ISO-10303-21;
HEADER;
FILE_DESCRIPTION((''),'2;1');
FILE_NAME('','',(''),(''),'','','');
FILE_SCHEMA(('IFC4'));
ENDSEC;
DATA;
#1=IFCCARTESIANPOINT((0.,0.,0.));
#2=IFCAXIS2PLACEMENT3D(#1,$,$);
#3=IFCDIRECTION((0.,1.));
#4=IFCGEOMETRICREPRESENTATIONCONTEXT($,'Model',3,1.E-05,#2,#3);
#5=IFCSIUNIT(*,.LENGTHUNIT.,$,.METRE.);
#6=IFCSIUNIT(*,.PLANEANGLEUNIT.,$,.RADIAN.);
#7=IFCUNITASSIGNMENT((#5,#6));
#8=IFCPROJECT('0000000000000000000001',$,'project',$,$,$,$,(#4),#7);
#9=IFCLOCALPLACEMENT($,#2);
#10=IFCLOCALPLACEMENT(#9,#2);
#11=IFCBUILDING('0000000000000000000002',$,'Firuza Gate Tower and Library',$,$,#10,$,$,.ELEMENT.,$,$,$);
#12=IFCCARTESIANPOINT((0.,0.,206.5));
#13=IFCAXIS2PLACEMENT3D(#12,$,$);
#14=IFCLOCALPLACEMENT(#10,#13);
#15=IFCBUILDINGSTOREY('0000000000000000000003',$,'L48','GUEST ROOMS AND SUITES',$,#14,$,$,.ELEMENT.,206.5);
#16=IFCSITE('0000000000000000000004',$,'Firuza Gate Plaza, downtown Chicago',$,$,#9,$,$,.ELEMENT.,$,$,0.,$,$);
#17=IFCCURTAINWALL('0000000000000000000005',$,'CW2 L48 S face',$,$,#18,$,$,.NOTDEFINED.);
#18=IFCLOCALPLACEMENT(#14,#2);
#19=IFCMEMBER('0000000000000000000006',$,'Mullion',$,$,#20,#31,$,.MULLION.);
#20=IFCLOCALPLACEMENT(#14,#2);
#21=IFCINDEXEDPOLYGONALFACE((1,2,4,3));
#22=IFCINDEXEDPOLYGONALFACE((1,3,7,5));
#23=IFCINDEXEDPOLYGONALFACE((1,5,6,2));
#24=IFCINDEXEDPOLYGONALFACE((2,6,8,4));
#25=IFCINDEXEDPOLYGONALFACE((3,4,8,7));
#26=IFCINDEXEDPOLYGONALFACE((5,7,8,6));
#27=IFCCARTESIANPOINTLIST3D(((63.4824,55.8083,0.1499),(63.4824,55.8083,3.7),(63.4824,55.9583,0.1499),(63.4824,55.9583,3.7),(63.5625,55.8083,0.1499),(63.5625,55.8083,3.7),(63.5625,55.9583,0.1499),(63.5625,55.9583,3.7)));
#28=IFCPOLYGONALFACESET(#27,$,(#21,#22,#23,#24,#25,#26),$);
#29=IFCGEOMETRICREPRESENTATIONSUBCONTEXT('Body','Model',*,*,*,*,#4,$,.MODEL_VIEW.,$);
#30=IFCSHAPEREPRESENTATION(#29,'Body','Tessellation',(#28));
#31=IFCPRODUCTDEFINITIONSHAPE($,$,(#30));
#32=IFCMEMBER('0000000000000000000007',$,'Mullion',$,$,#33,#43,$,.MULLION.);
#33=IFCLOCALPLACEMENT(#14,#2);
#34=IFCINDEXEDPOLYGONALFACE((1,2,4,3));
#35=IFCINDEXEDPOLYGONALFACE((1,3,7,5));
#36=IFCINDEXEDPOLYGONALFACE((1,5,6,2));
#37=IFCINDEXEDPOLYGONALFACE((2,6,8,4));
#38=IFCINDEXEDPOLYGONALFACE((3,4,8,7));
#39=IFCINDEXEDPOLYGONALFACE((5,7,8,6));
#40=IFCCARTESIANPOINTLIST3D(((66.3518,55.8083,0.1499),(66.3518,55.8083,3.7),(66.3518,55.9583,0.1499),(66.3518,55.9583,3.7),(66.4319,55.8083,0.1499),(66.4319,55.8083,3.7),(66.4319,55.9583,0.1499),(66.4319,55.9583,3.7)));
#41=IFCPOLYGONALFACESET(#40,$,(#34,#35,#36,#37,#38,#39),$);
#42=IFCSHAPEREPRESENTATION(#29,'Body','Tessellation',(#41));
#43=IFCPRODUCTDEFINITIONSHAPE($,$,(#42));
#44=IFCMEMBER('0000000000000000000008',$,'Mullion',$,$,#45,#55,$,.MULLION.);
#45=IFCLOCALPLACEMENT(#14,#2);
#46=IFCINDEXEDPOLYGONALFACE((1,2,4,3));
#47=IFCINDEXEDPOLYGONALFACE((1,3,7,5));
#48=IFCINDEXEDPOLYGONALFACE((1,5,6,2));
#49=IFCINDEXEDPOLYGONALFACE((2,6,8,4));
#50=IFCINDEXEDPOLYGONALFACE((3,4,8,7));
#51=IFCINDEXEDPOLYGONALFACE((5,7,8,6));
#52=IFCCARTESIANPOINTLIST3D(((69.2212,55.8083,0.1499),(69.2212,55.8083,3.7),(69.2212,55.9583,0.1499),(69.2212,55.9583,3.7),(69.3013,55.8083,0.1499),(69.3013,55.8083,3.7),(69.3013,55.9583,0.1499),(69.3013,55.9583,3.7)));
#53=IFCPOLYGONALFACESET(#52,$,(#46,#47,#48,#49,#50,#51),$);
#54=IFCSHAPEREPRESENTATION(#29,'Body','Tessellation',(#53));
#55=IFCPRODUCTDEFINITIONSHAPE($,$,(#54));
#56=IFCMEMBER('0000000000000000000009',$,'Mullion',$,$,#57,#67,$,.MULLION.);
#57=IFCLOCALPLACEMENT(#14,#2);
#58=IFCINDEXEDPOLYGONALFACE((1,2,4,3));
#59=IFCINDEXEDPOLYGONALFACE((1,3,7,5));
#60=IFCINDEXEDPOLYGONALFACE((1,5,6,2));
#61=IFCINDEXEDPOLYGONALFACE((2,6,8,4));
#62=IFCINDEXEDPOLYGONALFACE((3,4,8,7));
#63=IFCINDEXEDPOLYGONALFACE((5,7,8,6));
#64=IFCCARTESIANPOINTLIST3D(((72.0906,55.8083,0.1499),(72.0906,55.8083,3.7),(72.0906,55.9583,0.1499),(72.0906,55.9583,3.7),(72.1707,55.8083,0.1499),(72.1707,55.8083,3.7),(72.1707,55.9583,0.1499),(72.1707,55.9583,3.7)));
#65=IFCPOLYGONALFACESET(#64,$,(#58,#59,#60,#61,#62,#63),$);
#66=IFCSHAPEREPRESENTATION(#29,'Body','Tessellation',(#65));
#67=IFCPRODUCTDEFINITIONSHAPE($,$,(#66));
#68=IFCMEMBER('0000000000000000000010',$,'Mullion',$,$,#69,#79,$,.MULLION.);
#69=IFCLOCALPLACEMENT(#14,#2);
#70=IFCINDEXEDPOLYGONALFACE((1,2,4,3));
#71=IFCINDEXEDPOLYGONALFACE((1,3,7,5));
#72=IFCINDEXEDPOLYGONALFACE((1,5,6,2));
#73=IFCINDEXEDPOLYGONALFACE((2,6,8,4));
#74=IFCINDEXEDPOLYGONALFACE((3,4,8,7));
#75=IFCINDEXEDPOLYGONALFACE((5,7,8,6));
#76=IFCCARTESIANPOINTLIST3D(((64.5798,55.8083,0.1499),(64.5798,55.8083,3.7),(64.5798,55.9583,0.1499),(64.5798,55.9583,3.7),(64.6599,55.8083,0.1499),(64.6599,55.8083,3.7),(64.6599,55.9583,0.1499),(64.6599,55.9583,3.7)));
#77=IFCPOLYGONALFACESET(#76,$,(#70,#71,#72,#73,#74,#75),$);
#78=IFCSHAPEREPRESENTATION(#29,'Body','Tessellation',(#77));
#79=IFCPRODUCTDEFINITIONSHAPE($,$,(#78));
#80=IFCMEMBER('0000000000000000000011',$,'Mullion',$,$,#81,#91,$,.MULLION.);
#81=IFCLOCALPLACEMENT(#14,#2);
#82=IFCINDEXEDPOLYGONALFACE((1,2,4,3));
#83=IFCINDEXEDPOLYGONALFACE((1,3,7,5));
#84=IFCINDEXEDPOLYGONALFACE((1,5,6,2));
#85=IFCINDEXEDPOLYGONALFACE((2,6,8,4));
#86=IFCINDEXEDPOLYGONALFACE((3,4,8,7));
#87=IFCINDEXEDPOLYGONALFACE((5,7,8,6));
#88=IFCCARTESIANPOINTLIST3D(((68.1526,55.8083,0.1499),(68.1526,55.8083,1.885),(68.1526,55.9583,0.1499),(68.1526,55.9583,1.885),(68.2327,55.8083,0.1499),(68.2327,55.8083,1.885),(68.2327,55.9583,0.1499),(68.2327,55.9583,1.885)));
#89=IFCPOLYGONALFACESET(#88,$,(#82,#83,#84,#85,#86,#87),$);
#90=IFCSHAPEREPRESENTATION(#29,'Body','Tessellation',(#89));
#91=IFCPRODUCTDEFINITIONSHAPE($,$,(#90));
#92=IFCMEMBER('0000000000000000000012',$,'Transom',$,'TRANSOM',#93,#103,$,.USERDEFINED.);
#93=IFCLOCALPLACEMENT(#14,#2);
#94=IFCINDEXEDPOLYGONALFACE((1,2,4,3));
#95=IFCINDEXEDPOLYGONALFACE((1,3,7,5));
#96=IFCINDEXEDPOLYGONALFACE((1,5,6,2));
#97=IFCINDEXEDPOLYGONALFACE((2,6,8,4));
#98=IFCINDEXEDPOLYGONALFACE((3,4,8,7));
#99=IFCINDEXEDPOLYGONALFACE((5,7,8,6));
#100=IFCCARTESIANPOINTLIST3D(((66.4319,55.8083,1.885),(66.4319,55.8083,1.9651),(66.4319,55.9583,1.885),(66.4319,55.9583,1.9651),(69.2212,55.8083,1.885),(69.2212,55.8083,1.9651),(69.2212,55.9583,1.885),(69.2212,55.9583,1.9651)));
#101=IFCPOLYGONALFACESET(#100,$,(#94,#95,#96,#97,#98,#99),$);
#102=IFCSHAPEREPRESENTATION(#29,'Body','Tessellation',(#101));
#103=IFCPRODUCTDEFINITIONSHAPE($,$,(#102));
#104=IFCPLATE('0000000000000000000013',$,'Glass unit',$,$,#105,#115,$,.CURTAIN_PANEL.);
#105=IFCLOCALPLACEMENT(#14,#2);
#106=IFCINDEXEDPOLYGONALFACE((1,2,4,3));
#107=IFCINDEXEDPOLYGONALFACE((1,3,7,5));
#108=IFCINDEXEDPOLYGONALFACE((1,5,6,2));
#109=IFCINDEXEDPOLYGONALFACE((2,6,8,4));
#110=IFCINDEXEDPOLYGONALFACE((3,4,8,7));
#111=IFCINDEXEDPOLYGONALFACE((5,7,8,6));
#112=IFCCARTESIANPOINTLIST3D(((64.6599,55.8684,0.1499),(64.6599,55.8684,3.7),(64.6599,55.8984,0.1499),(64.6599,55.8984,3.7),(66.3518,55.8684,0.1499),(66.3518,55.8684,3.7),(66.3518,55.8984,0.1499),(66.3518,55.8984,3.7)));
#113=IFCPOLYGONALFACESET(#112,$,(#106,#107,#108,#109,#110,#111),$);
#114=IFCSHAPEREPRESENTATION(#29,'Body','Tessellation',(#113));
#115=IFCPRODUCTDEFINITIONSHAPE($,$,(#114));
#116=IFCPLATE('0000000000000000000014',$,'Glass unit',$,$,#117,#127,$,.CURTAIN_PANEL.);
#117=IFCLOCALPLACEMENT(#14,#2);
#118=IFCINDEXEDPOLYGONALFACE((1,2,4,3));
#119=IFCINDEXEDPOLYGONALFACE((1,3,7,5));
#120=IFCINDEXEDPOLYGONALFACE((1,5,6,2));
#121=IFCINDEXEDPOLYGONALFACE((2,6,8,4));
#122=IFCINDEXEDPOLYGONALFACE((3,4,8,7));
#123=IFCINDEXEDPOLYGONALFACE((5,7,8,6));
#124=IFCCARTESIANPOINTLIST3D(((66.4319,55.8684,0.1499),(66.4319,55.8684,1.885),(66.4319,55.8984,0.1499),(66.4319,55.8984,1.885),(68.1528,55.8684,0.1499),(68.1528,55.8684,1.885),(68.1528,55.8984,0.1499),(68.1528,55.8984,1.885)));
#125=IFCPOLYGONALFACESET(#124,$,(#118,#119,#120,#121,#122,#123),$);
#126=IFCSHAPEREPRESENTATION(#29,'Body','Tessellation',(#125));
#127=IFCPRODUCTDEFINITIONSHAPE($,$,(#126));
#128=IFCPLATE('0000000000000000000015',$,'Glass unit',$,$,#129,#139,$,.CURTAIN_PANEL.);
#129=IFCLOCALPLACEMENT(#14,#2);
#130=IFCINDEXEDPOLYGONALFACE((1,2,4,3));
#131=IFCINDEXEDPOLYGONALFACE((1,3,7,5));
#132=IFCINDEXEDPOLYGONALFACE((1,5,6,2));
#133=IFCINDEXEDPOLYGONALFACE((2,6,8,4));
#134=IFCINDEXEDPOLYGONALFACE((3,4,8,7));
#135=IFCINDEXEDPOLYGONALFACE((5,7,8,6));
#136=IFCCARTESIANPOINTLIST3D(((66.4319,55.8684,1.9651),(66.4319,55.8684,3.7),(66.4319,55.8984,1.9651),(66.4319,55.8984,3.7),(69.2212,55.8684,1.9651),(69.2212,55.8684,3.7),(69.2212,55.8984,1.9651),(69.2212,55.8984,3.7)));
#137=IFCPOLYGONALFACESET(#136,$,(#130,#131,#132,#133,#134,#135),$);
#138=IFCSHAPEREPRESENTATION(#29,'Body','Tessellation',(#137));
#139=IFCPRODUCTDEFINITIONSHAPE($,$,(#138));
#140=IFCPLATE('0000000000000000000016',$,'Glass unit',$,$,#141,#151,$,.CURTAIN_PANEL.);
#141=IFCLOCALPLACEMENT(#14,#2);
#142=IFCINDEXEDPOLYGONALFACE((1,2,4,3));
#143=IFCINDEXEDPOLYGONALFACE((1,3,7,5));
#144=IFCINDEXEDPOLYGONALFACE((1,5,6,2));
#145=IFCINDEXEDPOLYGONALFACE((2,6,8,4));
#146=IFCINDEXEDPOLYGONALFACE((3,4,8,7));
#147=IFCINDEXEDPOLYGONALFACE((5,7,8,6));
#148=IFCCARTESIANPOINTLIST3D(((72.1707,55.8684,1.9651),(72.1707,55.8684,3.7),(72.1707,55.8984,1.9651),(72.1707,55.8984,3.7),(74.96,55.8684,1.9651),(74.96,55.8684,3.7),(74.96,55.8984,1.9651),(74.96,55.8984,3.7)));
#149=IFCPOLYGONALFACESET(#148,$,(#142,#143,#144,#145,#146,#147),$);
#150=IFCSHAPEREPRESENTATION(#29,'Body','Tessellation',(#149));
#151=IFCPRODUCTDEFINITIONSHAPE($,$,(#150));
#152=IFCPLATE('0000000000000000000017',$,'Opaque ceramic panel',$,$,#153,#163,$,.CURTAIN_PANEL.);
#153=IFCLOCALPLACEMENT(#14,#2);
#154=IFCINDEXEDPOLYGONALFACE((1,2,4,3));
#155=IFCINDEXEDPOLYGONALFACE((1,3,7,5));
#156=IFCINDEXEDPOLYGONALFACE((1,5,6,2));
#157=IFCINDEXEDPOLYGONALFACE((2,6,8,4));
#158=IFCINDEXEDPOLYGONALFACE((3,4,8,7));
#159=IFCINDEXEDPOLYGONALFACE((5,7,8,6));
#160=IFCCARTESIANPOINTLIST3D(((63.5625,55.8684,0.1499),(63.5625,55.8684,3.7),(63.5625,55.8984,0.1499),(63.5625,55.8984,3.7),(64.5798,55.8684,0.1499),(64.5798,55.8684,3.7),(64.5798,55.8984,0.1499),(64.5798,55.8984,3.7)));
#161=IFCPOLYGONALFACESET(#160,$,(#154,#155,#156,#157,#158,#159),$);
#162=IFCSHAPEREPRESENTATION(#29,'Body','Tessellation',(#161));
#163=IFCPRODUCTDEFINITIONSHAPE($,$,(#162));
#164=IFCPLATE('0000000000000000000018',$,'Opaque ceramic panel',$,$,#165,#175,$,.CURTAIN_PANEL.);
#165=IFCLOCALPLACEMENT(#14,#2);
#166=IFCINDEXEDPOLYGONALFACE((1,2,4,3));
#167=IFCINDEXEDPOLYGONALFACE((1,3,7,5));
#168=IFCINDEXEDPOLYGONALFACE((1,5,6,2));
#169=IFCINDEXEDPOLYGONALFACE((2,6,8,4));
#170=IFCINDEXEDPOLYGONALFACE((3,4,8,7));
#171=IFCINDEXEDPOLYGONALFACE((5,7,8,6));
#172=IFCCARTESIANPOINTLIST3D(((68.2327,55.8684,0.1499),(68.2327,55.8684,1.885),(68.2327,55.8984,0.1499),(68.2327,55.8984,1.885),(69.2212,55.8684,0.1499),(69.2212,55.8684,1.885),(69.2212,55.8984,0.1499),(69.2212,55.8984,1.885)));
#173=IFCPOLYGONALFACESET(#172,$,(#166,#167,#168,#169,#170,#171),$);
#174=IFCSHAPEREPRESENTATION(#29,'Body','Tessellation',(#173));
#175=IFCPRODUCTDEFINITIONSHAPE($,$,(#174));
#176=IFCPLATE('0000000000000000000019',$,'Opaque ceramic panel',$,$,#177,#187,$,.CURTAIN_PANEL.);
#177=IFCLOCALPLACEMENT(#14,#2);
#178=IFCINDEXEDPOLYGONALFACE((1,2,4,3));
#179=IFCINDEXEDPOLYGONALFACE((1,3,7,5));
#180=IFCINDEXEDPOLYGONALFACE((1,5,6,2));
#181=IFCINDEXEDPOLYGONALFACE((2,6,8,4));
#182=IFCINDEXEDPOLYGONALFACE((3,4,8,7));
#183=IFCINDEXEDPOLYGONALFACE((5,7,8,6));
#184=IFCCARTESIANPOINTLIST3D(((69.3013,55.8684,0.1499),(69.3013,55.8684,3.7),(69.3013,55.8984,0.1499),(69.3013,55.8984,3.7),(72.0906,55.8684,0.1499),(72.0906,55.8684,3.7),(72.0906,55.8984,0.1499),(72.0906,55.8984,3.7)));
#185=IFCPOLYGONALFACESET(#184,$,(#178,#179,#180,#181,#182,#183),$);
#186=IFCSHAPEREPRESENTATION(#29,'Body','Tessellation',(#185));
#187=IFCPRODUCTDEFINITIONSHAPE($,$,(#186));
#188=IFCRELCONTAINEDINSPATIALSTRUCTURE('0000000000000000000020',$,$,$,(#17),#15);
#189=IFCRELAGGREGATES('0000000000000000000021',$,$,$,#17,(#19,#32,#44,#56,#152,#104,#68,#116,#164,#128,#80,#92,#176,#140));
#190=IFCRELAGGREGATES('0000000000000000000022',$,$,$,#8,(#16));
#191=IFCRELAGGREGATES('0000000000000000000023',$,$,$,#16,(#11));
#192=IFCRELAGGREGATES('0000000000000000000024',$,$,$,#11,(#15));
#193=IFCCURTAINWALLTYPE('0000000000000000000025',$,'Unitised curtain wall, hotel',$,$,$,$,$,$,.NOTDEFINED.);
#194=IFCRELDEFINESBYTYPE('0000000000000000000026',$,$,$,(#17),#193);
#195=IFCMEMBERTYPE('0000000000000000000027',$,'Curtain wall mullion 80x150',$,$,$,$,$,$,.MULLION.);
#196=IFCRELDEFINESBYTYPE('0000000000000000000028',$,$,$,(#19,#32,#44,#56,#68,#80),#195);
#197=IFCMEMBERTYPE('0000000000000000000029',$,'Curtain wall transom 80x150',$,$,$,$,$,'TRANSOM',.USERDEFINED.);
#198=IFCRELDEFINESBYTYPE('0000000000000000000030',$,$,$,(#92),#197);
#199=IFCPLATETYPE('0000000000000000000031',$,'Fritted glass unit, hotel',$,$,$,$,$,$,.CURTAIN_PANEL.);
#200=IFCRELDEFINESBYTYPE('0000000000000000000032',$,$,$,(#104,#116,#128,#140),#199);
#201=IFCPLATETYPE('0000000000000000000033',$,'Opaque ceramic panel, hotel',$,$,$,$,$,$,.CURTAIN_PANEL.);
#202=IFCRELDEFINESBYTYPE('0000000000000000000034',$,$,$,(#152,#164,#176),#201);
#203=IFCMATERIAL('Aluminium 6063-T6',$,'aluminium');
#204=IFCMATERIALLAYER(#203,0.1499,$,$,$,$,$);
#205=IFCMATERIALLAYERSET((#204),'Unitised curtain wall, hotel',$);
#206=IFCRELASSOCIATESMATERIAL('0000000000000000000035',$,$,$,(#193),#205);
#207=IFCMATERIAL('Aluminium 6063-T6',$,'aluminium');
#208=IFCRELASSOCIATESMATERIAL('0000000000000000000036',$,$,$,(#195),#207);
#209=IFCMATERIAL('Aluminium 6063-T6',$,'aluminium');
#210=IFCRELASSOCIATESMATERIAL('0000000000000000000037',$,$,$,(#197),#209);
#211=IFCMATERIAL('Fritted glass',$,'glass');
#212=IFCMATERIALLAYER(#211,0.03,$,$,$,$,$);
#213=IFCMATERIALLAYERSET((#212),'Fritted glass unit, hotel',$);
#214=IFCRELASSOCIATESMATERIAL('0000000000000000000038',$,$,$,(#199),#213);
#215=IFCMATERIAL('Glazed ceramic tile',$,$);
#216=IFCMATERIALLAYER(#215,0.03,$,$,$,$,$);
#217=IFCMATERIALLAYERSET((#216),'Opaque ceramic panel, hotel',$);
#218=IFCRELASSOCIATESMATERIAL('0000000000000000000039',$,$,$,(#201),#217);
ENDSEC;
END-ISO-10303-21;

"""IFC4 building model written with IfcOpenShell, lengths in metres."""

from ifc_helpers import new_model, si_unit, direction, frame, origin, origin_2d, place, context, subcontext, project, spatial, polyline, rectangle, outline, extrude, material, layer, layer_set, material_profile, profile_set, type_object, element, aggregate, save


model = new_model("IFC4")

# Units and contexts
model_context = context("Model", 3, precision=1e-05, world=origin(), true_north=direction((0.0, 1.0)))
body_context = subcontext(model_context, "Body", "Model", "MODEL_VIEW")
ifc_project = project(units=[si_unit("LENGTHUNIT", "METRE"), si_unit("PLANEANGLEUNIT", "RADIAN")], contexts=[model_context])

# Site, building, storey
site_placement = place(None, origin())
site = spatial("IfcSite", under=ifc_project, at=site_placement, Name="Firuza Gate Plaza, downtown Chicago", CompositionType="ELEMENT", RefElevation=0.0)
building_placement = place(site_placement, origin())
building = spatial("IfcBuilding", under=site, at=building_placement, Name="Firuza Gate Tower and Library", CompositionType="ELEMENT")
storey_placement = place(building_placement, frame((0.0, 0.0, 206.5)))
storey = spatial("IfcBuildingStorey", under=building, at=storey_placement, Name="L48", Description="GUEST ROOMS AND SUITES", CompositionType="ELEMENT", Elevation=206.5)

# Curtain wall, members, plates
ifc_material_1 = material(Name="Aluminium 6063-T6", Category="aluminium")
ifc_layer_1 = layer(ifc_material_1, 0.1499)
ifc_layer_set_1 = layer_set([ifc_layer_1], Name="Unitised curtain wall, hotel")
curtain_wall_type = type_object("IfcCurtainWallType", Name="Unitised curtain wall, hotel", PredefinedType="NOTDEFINED", material=ifc_layer_set_1)
curtain_wall_placement = place(storey_placement, origin())
curtain_wall = element("IfcCurtainWall", 1, at=curtain_wall_placement, inside=storey, type_object=curtain_wall_type, Name="CW2 L48 S face", PredefinedType="NOTDEFINED")
ifc_material_2 = material(Name="Aluminium 6063-T6", Category="aluminium")
ifc_material_profile_1 = material_profile(ifc_material_2, rectangle(XDim=0.1499, YDim=0.0801, at=origin_2d()))
ifc_profile_set_1 = profile_set([ifc_material_profile_1], Name="Aluminium 6063-T6")
member_type_1 = type_object("IfcMemberType", Name="Curtain wall mullion 80x150", PredefinedType="MULLION", material=ifc_profile_set_1)
member_1_placement = place(storey_placement, frame((63.5225, 55.8833, 0.1499), z_axis=(0.0, 0.0, 1.0), x_axis=(0.0, 1.0, 0.0)))
member_1 = element("IfcMember", 2, at=member_1_placement, type_object=member_type_1, Name="Mullion", PredefinedType="MULLION", context=body_context, shape_type="SweptSolid", body=[
    extrude(rectangle(XDim=0.1499, YDim=0.0801, at=origin_2d()), origin(), (0.0, 0.0, 1.0), 3.55),
])
member_2_placement = place(storey_placement, frame((66.3918, 55.8833, 0.1499), z_axis=(0.0, 0.0, 1.0), x_axis=(0.0, 1.0, 0.0)))
member_2 = element("IfcMember", 3, at=member_2_placement, type_object=member_type_1, Name="Mullion", PredefinedType="MULLION", context=body_context, shape_type="SweptSolid", body=[
    extrude(rectangle(XDim=0.1499, YDim=0.0801, at=origin_2d()), origin(), (0.0, 0.0, 1.0), 3.55),
])
member_3_placement = place(storey_placement, frame((69.2612, 55.8833, 0.1499), z_axis=(0.0, 0.0, 1.0), x_axis=(0.0, 1.0, 0.0)))
member_3 = element("IfcMember", 4, at=member_3_placement, type_object=member_type_1, Name="Mullion", PredefinedType="MULLION", context=body_context, shape_type="SweptSolid", body=[
    extrude(rectangle(XDim=0.1499, YDim=0.0801, at=origin_2d()), origin(), (0.0, 0.0, 1.0), 3.55),
])
member_4_placement = place(storey_placement, frame((72.1306, 55.8833, 0.1499), z_axis=(0.0, 0.0, 1.0), x_axis=(0.0, 1.0, 0.0)))
member_4 = element("IfcMember", 5, at=member_4_placement, type_object=member_type_1, Name="Mullion", PredefinedType="MULLION", context=body_context, shape_type="SweptSolid", body=[
    extrude(rectangle(XDim=0.1499, YDim=0.0801, at=origin_2d()), origin(), (0.0, 0.0, 1.0), 3.55),
])
member_5_placement = place(storey_placement, frame((64.6199, 55.8833, 0.1499), z_axis=(0.0, 0.0, 1.0), x_axis=(0.0, 1.0, 0.0)))
member_5 = element("IfcMember", 6, at=member_5_placement, type_object=member_type_1, Name="Mullion", PredefinedType="MULLION", context=body_context, shape_type="SweptSolid", body=[
    extrude(rectangle(XDim=0.1499, YDim=0.0801, at=origin_2d()), origin(), (0.0, 0.0, 1.0), 3.55),
])
member_6_placement = place(storey_placement, frame((68.1926, 55.8833, 0.1499), z_axis=(0.0, 0.0, 1.0), x_axis=(0.0, 1.0, 0.0)))
member_6 = element("IfcMember", 7, at=member_6_placement, type_object=member_type_1, Name="Mullion", PredefinedType="MULLION", context=body_context, shape_type="SweptSolid", body=[
    extrude(rectangle(XDim=0.1499, YDim=0.0801, at=origin_2d()), origin(), (0.0, 0.0, 1.0), 1.7351),
])
ifc_material_3 = material(Name="Aluminium 6063-T6", Category="aluminium")
ifc_material_profile_2 = material_profile(ifc_material_3, rectangle(XDim=0.1499, YDim=0.0801, at=origin_2d()))
ifc_profile_set_2 = profile_set([ifc_material_profile_2], Name="Aluminium 6063-T6")
member_type_2 = type_object("IfcMemberType", Name="Curtain wall transom 80x150", ElementType="TRANSOM", PredefinedType="USERDEFINED", material=ifc_profile_set_2)
member_7_placement = place(storey_placement, frame((66.4319, 55.8833, 1.925), z_axis=(1.0, 0.0, 0.0), x_axis=(0.0, 1.0, 0.0)))
member_7 = element("IfcMember", 8, at=member_7_placement, type_object=member_type_2, Name="Transom", ObjectType="TRANSOM", PredefinedType="USERDEFINED", context=body_context, shape_type="SweptSolid", body=[
    extrude(rectangle(XDim=0.1499, YDim=0.0801, at=origin_2d()), origin(), (0.0, 0.0, 1.0), 2.7893),
])
ifc_material_4 = material(Name="Fritted glass", Category="glass")
ifc_layer_2 = layer(ifc_material_4, 0.03)
ifc_layer_set_2 = layer_set([ifc_layer_2], Name="Fritted glass unit, hotel")
plate_type_1 = type_object("IfcPlateType", Name="Fritted glass unit, hotel", PredefinedType="CURTAIN_PANEL", material=ifc_layer_set_2)
plate_1_placement = place(storey_placement, frame((64.6599, 55.8684, 0.1499), z_axis=(0.0, -1.0, 0.0), x_axis=(1.0, 0.0, 0.0)))
plate_1 = element("IfcPlate", 9, at=plate_1_placement, type_object=plate_type_1, Name="Glass unit", PredefinedType="CURTAIN_PANEL", context=body_context, shape_type="SweptSolid", body=[
    extrude(outline(polyline([(0.0, 0.0), (1.6919, 0.0), (1.6919, 3.55), (0.0, 3.55), (0.0, 0.0)])), origin(), (0.0, 0.0, -1.0), 0.03),
])
plate_2_placement = place(storey_placement, frame((66.4319, 55.8684, 0.1499), z_axis=(0.0, -1.0, 0.0), x_axis=(1.0, 0.0, 0.0)))
plate_2 = element("IfcPlate", 10, at=plate_2_placement, type_object=plate_type_1, Name="Glass unit", PredefinedType="CURTAIN_PANEL", context=body_context, shape_type="SweptSolid", body=[
    extrude(outline(polyline([(0.0, 0.0), (1.7209, 0.0), (1.7209, 1.7351), (0.0, 1.7351), (0.0, 0.0)])), origin(), (0.0, 0.0, -1.0), 0.03),
])
plate_3_placement = place(storey_placement, frame((66.4319, 55.8684, 1.9651), z_axis=(0.0, -1.0, 0.0), x_axis=(1.0, 0.0, 0.0)))
plate_3 = element("IfcPlate", 11, at=plate_3_placement, type_object=plate_type_1, Name="Glass unit", PredefinedType="CURTAIN_PANEL", context=body_context, shape_type="SweptSolid", body=[
    extrude(outline(polyline([(0.0, 0.0), (2.7893, 0.0), (2.7893, 1.7349), (0.0, 1.7349), (0.0, 0.0)])), origin(), (0.0, 0.0, -1.0), 0.03),
])
plate_4_placement = place(storey_placement, frame((72.1707, 55.8684, 1.9651), z_axis=(0.0, -1.0, 0.0), x_axis=(1.0, 0.0, 0.0)))
plate_4 = element("IfcPlate", 12, at=plate_4_placement, type_object=plate_type_1, Name="Glass unit", PredefinedType="CURTAIN_PANEL", context=body_context, shape_type="SweptSolid", body=[
    extrude(outline(polyline([(0.0, 0.0), (2.7893, 0.0), (2.7893, 1.7349), (0.0, 1.7349), (0.0, 0.0)])), origin(), (0.0, 0.0, -1.0), 0.03),
])
ifc_material_5 = material(Name="Glazed ceramic tile")
ifc_layer_3 = layer(ifc_material_5, 0.03)
ifc_layer_set_3 = layer_set([ifc_layer_3], Name="Opaque ceramic panel, hotel")
plate_type_2 = type_object("IfcPlateType", Name="Opaque ceramic panel, hotel", PredefinedType="CURTAIN_PANEL", material=ifc_layer_set_3)
plate_5_placement = place(storey_placement, frame((63.5625, 55.8684, 0.1499), z_axis=(0.0, -1.0, 0.0), x_axis=(1.0, 0.0, 0.0)))
plate_5 = element("IfcPlate", 13, at=plate_5_placement, type_object=plate_type_2, Name="Opaque ceramic panel", PredefinedType="CURTAIN_PANEL", context=body_context, shape_type="SweptSolid", body=[
    extrude(outline(polyline([(0.0, 0.0), (1.0173, 0.0), (1.0173, 3.55), (0.0, 3.55), (0.0, 0.0)])), origin(), (0.0, 0.0, -1.0), 0.03),
])
plate_6_placement = place(storey_placement, frame((68.2327, 55.8684, 0.1499), z_axis=(0.0, -1.0, 0.0), x_axis=(1.0, 0.0, 0.0)))
plate_6 = element("IfcPlate", 14, at=plate_6_placement, type_object=plate_type_2, Name="Opaque ceramic panel", PredefinedType="CURTAIN_PANEL", context=body_context, shape_type="SweptSolid", body=[
    extrude(outline(polyline([(0.0, 0.0), (0.9885, 0.0), (0.9885, 1.7351), (0.0, 1.7351), (0.0, 0.0)])), origin(), (0.0, 0.0, -1.0), 0.03),
])
plate_7_placement = place(storey_placement, frame((69.3013, 55.8684, 0.1499), z_axis=(0.0, -1.0, 0.0), x_axis=(1.0, 0.0, 0.0)))
plate_7 = element("IfcPlate", 15, at=plate_7_placement, type_object=plate_type_2, Name="Opaque ceramic panel", PredefinedType="CURTAIN_PANEL", context=body_context, shape_type="SweptSolid", body=[
    extrude(outline(polyline([(0.0, 0.0), (2.7893, 0.0), (2.7893, 3.55), (0.0, 3.55), (0.0, 0.0)])), origin(), (0.0, 0.0, -1.0), 0.03),
])
aggregate(curtain_wall, [member_1, member_2, member_3, member_4, plate_5, plate_1, member_5, plate_2, plate_6, plate_3, member_6, member_7, plate_7, plate_4])

save(model, "model.ifc")
